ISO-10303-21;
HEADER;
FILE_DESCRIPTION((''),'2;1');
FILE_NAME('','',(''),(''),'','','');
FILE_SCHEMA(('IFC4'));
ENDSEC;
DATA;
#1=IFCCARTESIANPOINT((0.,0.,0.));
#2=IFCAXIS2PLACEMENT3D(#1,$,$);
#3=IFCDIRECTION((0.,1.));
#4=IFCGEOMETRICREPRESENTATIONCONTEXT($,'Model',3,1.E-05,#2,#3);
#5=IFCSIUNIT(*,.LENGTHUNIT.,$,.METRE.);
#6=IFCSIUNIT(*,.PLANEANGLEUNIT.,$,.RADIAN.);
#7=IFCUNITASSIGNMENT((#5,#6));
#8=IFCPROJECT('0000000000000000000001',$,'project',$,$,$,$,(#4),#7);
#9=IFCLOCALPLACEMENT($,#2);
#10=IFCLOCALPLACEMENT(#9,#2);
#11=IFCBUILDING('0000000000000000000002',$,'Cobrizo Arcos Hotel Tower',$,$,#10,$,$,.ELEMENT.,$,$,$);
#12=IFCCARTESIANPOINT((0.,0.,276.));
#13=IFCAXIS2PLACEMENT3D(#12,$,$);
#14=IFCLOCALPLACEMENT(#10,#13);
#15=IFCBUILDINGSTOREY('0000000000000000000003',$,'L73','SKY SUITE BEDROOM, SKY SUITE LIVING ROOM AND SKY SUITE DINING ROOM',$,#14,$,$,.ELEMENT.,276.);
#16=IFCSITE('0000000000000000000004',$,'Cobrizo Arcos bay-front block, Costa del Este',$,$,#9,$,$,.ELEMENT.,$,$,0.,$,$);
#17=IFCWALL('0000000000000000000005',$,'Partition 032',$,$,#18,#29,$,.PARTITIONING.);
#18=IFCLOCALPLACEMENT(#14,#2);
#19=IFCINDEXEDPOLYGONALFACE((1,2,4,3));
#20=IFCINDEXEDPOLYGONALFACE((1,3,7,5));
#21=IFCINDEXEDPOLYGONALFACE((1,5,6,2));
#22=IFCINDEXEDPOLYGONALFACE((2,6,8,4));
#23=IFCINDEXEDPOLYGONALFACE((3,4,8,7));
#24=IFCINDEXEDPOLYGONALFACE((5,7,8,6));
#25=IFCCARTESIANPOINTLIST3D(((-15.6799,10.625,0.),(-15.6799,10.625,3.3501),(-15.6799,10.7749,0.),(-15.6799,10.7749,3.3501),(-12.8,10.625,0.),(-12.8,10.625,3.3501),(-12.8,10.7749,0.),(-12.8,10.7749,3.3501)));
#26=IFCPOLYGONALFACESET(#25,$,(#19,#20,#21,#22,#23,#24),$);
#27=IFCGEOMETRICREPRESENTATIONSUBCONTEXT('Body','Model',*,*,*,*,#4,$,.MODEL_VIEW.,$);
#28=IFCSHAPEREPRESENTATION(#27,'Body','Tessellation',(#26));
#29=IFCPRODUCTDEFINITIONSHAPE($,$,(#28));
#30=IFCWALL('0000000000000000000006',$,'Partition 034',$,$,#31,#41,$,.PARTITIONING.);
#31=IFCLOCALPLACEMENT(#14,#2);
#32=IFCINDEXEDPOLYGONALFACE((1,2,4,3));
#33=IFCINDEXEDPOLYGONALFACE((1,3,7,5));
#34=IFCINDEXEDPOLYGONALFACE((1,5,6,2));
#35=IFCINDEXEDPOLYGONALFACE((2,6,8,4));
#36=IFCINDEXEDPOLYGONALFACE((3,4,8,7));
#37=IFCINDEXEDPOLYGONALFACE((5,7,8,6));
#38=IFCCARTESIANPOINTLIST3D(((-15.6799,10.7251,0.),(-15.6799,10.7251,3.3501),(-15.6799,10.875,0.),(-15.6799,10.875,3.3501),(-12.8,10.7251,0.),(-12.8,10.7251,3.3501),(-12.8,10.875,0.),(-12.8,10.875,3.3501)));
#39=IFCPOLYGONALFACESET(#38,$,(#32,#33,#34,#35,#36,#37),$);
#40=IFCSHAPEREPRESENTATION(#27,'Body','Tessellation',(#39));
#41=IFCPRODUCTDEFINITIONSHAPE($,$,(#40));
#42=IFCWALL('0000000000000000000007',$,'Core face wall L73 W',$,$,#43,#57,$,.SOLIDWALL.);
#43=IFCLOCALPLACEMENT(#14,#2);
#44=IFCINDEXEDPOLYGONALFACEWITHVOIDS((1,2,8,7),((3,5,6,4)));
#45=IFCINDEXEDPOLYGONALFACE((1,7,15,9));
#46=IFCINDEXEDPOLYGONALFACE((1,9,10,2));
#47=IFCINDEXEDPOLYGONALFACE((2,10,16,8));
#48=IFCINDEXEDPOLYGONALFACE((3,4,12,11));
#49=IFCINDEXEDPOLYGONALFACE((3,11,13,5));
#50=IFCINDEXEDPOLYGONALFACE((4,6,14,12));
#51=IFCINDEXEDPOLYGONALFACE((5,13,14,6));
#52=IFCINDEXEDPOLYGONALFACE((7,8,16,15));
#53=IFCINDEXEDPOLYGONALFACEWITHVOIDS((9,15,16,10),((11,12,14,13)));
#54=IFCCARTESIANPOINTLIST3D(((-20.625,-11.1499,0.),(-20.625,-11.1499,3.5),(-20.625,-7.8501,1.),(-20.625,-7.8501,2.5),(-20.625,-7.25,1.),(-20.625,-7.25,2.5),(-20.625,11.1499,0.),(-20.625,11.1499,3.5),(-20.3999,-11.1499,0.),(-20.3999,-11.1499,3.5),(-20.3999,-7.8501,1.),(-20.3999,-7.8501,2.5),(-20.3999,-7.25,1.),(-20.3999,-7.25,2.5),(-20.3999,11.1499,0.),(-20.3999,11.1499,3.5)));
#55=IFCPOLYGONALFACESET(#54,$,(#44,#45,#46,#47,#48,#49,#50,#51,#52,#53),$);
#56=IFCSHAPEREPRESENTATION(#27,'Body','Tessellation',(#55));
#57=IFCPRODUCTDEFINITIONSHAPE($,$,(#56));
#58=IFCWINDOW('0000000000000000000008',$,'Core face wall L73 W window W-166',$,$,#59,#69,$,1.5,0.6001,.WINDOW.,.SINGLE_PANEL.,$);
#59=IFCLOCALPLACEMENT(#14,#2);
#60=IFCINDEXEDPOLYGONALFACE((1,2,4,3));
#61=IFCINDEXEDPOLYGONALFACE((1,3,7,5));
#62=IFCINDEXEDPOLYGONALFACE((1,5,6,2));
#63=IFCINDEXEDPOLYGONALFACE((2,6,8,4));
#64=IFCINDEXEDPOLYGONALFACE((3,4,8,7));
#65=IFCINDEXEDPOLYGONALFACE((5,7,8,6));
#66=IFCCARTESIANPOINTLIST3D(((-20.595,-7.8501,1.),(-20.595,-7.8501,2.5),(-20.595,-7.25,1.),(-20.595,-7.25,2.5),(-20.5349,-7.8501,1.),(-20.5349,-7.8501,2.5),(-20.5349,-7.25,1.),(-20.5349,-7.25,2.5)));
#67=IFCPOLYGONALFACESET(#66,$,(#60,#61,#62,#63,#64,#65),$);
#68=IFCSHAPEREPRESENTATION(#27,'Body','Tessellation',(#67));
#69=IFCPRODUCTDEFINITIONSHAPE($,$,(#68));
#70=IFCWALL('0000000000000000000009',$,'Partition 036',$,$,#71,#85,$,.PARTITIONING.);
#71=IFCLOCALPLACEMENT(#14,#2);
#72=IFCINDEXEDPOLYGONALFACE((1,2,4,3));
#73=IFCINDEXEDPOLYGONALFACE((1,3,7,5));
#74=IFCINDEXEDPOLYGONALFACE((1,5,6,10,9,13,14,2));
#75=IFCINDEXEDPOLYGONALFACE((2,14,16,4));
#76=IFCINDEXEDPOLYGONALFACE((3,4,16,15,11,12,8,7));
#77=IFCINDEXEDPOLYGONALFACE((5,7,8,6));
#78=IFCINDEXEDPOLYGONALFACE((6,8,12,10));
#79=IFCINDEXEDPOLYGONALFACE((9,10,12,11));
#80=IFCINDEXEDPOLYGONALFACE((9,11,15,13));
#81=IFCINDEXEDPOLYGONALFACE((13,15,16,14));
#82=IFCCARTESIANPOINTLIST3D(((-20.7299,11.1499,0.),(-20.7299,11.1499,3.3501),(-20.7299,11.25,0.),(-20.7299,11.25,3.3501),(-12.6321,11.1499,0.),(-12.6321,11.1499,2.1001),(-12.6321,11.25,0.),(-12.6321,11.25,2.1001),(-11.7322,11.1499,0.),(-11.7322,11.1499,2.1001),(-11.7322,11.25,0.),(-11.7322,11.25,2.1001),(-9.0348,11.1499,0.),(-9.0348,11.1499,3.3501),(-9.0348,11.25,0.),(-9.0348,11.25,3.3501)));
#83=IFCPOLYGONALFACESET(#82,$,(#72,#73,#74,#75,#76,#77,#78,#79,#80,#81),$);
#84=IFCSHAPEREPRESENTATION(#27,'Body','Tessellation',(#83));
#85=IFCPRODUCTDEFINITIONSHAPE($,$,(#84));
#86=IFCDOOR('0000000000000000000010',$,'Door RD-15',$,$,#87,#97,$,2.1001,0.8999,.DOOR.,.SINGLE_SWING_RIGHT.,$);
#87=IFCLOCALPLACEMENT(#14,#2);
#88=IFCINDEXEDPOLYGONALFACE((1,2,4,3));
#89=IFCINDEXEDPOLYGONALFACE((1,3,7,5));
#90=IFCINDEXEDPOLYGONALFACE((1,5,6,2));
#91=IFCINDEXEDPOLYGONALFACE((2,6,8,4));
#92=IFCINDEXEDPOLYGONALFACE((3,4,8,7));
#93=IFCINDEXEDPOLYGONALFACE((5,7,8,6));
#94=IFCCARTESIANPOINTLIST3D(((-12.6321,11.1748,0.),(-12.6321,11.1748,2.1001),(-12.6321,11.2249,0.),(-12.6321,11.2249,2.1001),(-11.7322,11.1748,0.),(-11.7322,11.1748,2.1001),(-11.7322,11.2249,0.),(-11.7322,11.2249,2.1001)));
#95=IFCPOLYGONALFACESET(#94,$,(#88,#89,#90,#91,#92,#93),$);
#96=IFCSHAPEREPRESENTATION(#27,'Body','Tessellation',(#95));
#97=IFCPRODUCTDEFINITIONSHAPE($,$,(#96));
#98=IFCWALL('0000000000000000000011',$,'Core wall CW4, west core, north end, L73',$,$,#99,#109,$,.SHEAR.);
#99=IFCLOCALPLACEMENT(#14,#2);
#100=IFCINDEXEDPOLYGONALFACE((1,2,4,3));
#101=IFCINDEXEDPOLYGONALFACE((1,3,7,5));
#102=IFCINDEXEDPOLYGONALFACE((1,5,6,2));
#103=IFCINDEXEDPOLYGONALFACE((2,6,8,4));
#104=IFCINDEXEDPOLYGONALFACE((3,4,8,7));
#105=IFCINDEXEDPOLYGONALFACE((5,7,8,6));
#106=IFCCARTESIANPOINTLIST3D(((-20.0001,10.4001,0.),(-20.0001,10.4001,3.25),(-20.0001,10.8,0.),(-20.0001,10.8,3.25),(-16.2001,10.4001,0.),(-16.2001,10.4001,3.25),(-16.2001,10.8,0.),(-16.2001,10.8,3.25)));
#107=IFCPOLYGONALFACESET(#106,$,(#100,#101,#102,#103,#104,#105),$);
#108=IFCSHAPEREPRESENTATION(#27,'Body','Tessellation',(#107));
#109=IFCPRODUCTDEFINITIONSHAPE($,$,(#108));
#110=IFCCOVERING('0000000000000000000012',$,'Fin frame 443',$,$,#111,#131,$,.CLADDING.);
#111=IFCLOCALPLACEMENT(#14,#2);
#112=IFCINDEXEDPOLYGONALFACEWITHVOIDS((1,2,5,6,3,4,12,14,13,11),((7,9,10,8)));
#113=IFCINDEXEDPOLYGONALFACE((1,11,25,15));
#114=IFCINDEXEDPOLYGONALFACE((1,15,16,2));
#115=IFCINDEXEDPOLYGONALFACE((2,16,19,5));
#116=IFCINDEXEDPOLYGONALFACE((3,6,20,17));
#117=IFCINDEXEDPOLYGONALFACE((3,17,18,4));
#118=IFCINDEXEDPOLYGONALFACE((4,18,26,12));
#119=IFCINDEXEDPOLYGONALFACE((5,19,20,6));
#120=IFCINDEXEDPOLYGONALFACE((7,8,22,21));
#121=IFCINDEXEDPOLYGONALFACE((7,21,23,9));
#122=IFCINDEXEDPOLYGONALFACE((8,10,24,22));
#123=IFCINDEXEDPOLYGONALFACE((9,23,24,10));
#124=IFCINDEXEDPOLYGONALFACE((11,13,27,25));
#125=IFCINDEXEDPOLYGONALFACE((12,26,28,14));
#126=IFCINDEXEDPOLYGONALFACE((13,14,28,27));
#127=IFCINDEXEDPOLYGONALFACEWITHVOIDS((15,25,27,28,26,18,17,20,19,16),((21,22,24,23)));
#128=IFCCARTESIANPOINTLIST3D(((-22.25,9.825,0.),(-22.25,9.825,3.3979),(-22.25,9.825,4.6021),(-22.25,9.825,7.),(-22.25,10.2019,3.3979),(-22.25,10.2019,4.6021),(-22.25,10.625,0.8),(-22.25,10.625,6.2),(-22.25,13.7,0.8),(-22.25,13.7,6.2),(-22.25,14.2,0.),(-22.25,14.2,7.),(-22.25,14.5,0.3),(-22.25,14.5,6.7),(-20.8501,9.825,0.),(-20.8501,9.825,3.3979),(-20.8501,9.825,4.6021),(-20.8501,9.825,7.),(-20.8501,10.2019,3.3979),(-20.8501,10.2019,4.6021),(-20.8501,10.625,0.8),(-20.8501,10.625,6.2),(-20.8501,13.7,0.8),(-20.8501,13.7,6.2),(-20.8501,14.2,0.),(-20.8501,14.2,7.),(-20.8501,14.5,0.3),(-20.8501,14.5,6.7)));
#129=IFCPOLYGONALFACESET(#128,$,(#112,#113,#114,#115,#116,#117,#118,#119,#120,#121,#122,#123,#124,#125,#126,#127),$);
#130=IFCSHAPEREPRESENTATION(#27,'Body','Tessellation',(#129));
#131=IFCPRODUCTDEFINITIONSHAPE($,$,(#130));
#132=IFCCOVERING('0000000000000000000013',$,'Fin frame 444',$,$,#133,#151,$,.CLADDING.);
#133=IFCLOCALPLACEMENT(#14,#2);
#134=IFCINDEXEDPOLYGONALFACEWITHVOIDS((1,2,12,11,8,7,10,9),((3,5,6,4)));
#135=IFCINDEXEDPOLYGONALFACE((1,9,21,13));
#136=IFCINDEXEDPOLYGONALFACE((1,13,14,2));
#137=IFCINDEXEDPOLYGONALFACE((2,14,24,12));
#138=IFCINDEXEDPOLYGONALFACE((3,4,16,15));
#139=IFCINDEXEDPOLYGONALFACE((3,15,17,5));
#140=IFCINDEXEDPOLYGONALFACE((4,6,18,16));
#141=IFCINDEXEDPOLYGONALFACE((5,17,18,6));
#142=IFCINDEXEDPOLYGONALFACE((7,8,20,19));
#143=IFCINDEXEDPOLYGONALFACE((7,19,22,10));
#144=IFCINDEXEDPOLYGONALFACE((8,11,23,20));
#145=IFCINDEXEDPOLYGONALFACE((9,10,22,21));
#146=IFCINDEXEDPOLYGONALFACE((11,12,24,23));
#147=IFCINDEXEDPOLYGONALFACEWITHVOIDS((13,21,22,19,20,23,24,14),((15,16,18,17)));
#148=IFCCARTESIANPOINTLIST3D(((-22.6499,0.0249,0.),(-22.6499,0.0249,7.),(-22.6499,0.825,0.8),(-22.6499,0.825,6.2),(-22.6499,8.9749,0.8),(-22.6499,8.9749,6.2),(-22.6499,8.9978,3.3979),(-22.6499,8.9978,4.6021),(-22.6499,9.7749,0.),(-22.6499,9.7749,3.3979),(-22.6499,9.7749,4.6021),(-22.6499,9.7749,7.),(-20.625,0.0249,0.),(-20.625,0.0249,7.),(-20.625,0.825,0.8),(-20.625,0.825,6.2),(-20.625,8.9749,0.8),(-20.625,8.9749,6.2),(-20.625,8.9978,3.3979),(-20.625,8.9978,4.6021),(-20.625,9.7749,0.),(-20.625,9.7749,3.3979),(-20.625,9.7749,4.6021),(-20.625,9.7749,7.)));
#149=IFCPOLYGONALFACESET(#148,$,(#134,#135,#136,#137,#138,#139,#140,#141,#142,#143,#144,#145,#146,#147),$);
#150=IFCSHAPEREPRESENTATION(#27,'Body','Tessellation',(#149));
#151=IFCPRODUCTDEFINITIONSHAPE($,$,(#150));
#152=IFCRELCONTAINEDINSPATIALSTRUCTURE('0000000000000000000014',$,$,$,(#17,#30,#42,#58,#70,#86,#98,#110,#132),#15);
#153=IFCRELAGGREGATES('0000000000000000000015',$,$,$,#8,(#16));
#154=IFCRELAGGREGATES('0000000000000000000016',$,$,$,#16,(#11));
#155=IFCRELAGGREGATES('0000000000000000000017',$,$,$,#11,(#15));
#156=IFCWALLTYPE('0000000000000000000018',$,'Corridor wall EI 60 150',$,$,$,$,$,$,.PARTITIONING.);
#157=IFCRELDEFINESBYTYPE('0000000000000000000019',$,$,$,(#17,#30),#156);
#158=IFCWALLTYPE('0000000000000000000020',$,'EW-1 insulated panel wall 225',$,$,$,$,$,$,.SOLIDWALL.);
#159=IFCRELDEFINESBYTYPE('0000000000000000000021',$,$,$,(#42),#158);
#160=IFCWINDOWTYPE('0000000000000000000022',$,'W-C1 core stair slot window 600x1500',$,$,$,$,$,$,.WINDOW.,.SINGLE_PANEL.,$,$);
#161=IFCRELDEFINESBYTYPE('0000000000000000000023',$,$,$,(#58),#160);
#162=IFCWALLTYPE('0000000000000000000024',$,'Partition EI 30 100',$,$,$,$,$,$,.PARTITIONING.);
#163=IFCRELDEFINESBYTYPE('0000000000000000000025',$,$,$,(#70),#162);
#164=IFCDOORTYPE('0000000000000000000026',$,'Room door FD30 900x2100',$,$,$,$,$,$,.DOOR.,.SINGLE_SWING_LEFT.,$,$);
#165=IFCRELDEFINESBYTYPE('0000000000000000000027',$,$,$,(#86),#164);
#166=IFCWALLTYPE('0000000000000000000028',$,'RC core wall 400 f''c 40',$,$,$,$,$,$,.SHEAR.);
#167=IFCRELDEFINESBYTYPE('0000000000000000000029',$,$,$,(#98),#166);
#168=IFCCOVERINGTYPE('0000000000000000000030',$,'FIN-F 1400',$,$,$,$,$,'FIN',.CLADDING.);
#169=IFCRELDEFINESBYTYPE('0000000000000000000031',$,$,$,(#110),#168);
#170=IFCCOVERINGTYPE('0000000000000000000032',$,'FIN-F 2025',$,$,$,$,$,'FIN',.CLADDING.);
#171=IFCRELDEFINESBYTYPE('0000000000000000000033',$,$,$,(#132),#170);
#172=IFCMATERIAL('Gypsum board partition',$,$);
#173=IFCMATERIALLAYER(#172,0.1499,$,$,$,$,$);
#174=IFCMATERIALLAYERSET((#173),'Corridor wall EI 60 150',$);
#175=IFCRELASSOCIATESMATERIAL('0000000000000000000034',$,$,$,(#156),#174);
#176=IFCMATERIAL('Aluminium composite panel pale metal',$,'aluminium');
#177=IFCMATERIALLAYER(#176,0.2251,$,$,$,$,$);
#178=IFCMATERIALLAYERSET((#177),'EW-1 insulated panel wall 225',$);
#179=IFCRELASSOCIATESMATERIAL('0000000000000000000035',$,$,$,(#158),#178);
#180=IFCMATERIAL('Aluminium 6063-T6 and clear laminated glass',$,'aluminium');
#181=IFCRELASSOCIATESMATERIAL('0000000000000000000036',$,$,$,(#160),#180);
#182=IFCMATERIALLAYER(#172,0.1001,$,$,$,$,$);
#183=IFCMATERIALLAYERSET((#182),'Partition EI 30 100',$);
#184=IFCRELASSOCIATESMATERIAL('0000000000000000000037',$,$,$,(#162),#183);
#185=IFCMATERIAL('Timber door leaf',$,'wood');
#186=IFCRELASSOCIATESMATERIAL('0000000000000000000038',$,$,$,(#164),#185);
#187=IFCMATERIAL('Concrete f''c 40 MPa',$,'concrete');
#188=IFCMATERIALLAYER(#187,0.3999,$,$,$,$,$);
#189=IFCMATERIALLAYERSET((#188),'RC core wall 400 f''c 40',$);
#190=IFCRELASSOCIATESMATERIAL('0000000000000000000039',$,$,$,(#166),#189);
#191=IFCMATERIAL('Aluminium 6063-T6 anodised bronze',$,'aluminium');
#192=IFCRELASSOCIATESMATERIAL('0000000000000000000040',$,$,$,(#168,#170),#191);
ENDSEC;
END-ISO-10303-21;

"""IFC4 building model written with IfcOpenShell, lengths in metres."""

from ifc_helpers import new_model, si_unit, direction, frame, frame_2d, origin, place, context, subcontext, project, spatial, polyline, rectangle, outline, extrude, material, layer, layer_set, type_object, element, fill, save


model = new_model("IFC4")

# Units and contexts
model_context = context("Model", 3, precision=1e-05, world=origin(), true_north=direction((0.0, 1.0)))
body_context = subcontext(model_context, "Body", "Model", "MODEL_VIEW")
ifc_project = project(units=[si_unit("LENGTHUNIT", "METRE"), si_unit("PLANEANGLEUNIT", "RADIAN")], contexts=[model_context])

# Site, building, storey
site_placement = place(None, origin())
site = spatial("IfcSite", under=ifc_project, at=site_placement, Name="Cobrizo Arcos bay-front block, Costa del Este", CompositionType="ELEMENT", RefElevation=0.0)
building_placement = place(site_placement, origin())
building = spatial("IfcBuilding", under=site, at=building_placement, Name="Cobrizo Arcos Hotel Tower", CompositionType="ELEMENT")
storey_placement = place(building_placement, frame((0.0, 0.0, 276.0)))
storey = spatial("IfcBuildingStorey", under=building, at=storey_placement, Name="L73", Description="SKY SUITE BEDROOM, SKY SUITE LIVING ROOM AND SKY SUITE DINING ROOM", CompositionType="ELEMENT", Elevation=276.0)

# Shared definitions
ifc_material_1 = material(Name="Aluminium 6063-T6 anodised bronze", Category="aluminium")

# Shared definitions
ifc_material_2 = material(Name="Aluminium composite panel pale metal", Category="aluminium")

# Walls
ifc_material_3 = material(Name="Gypsum board partition")
ifc_layer_1 = layer(ifc_material_3, 0.1499)
ifc_layer_set_1 = layer_set([ifc_layer_1], Name="Corridor wall EI 60 150")
wall_type_1 = type_object("IfcWallType", Name="Corridor wall EI 60 150", PredefinedType="PARTITIONING", material=ifc_layer_set_1)
for number, where, z_axis, x_axis, name in (
    (1, (-15.6799, 10.7, 0.0), (0.0, 0.0, 1.0), (1.0, 0.0, 0.0), "Partition 032"),
    (2, (-15.6799, 10.8, 0.0), (0.0, 0.0, 1.0), (1.0, 0.0, 0.0), "Partition 034"),
):
    element("IfcWall", number, at=place(storey_placement, frame(where, z_axis=z_axis, x_axis=x_axis)), inside=storey, type_object=wall_type_1, Name=name, PredefinedType="PARTITIONING", context=body_context, shape_type="SweptSolid", body=[
        extrude(rectangle(XDim=2.8799, YDim=0.1499, at=frame_2d((1.4399, 0.0))), origin(), (0.0, 0.0, 1.0), 3.3501),
    ])

# Wall, opening, window
ifc_layer_2 = layer(ifc_material_2, 0.2251)
ifc_layer_set_2 = layer_set([ifc_layer_2], Name="EW-1 insulated panel wall 225")
wall_type_2 = type_object("IfcWallType", Name="EW-1 insulated panel wall 225", PredefinedType="SOLIDWALL", material=ifc_layer_set_2)
wall_1_placement = place(storey_placement, frame((-20.5125, 11.1499, 0.0), z_axis=(0.0, 0.0, 1.0), x_axis=(0.0, -1.0, 0.0)))
wall_1 = element("IfcWall", 3, at=wall_1_placement, inside=storey, type_object=wall_type_2, Name="Core face wall L73 W", PredefinedType="SOLIDWALL", context=body_context, shape_type="SweptSolid", body=[
    extrude(rectangle(XDim=22.2998, YDim=0.2251, at=frame_2d((11.1499, 0.0))), origin(), (0.0, 0.0, 1.0), 3.5),
])
opening_1_placement = place(wall_1_placement, frame((18.3999, 0.0, 1.0)))
opening_1 = element("IfcOpeningElement", 4, at=opening_1_placement, cuts=wall_1, PredefinedType="OPENING", context=body_context, shape_type="SweptSolid", body=[
    extrude(rectangle(XDim=0.6001, YDim=1.5, at=frame_2d((0.3, 0.75))), frame((0.0, 0.1245, 0.0), z_axis=(0.0, -1.0, 0.0), x_axis=(1.0, 0.0, 0.0)), (0.0, 0.0, 1.0), 0.249),
])
ifc_material_4 = material(Name="Aluminium 6063-T6 and clear laminated glass", Category="aluminium")
window_type = type_object("IfcWindowType", Name="W-C1 core stair slot window 600x1500", PartitioningType="SINGLE_PANEL", PredefinedType="WINDOW", material=ifc_material_4)
window_placement = place(opening_1_placement, origin())
window = element("IfcWindow", 5, at=window_placement, inside=storey, type_object=window_type, Name="Core face wall L73 W window W-166", OverallHeight=1.5, OverallWidth=0.6001, PartitioningType="SINGLE_PANEL", PredefinedType="WINDOW", context=body_context, shape_type="SweptSolid", body=[
    extrude(rectangle(XDim=0.6001, YDim=1.5, at=frame_2d((0.3, 0.75))), frame((0.0, -0.0225, 0.0), z_axis=(0.0, -1.0, 0.0), x_axis=(1.0, 0.0, 0.0)), (0.0, 0.0, 1.0), 0.0601),
])
fill(opening_1, window)

# Wall, opening, door
ifc_layer_3 = layer(ifc_material_3, 0.1001)
ifc_layer_set_3 = layer_set([ifc_layer_3], Name="Partition EI 30 100")
wall_type_3 = type_object("IfcWallType", Name="Partition EI 30 100", PredefinedType="PARTITIONING", material=ifc_layer_set_3)
wall_2_placement = place(storey_placement, frame((-20.73, 11.2, 0.0), z_axis=(0.0, 0.0, 1.0), x_axis=(1.0, 0.0, 0.0)))
wall_2 = element("IfcWall", 6, at=wall_2_placement, inside=storey, type_object=wall_type_3, Name="Partition 036", PredefinedType="PARTITIONING", context=body_context, shape_type="SweptSolid", body=[
    extrude(rectangle(XDim=11.6951, YDim=0.1001, at=frame_2d((5.8477, 0.0))), origin(), (0.0, 0.0, 1.0), 3.3501),
])
opening_2_placement = place(wall_2_placement, frame((8.0979, 0.0, 0.0)))
opening_2 = element("IfcOpeningElement", 7, at=opening_2_placement, cuts=wall_2, PredefinedType="OPENING", context=body_context, shape_type="SweptSolid", body=[
    extrude(rectangle(XDim=0.8999, YDim=2.1001, at=frame_2d((0.45, 1.05))), frame((0.0, 0.062, 0.0), z_axis=(0.0, -1.0, 0.0), x_axis=(1.0, 0.0, 0.0)), (0.0, 0.0, 1.0), 0.124),
])
ifc_material_5 = material(Name="Timber door leaf", Category="wood")
door_type = type_object("IfcDoorType", Name="Room door FD30 900x2100", OperationType="SINGLE_SWING_LEFT", PredefinedType="DOOR", material=ifc_material_5)
door_placement = place(opening_2_placement, origin())
door = element("IfcDoor", 8, at=door_placement, inside=storey, type_object=door_type, Name="Door RD-15", OperationType="SINGLE_SWING_RIGHT", OverallHeight=2.1001, OverallWidth=0.8999, PredefinedType="DOOR", context=body_context, shape_type="SweptSolid", body=[
    extrude(rectangle(XDim=0.8999, YDim=2.1001, at=frame_2d((0.45, 1.05))), frame((0.0, 0.0249, 0.0), z_axis=(0.0, -1.0, 0.0), x_axis=(1.0, 0.0, 0.0)), (0.0, 0.0, 1.0), 0.05),
])
fill(opening_2, door)

# Wall
ifc_material_6 = material(Name="Concrete f'c 40 MPa", Category="concrete")
ifc_layer_4 = layer(ifc_material_6, 0.3999)
ifc_layer_set_4 = layer_set([ifc_layer_4], Name="RC core wall 400 f'c 40")
wall_type_4 = type_object("IfcWallType", Name="RC core wall 400 f'c 40", PredefinedType="SHEAR", material=ifc_layer_set_4)
wall_3_placement = place(storey_placement, frame((-20.0, 10.6001, 0.0), z_axis=(0.0, 0.0, 1.0), x_axis=(1.0, 0.0, 0.0)))
element("IfcWall", 9, at=wall_3_placement, inside=storey, type_object=wall_type_4, Name="Core wall CW4, west core, north end, L73", PredefinedType="SHEAR", context=body_context, shape_type="SweptSolid", body=[
    extrude(rectangle(XDim=3.8, YDim=0.3999, at=frame_2d((1.8999, 0.0))), origin(), (0.0, 0.0, 1.0), 3.25),
])

# Coverings
covering_type_1 = type_object("IfcCoveringType", Name="FIN-F 1400", ElementType="FIN", PredefinedType="CLADDING", material=ifc_material_1)
covering_1_placement = place(storey_placement, frame((-20.8501, 14.5, 0.0), z_axis=(-1.0, 0.0, 0.0), x_axis=(0.0, -1.0, 0.0)))
element("IfcCovering", 10, at=covering_1_placement, inside=storey, type_object=covering_type_1, Name="Fin frame 443", PredefinedType="CLADDING", context=body_context, shape_type="SweptSolid", body=[
    extrude(outline(polyline([(4.675, 0.0), (4.675, 3.3979), (4.2981, 3.3979), (4.2981, 4.6021), (4.675, 4.6021), (4.675, 7.0), (0.3, 7.0), (0.0, 6.7), (0.0, 0.3), (0.3, 0.0), (4.675, 0.0)]), holes=[polyline([(3.875, 0.8), (0.8, 0.8), (0.8, 6.2), (3.875, 6.2), (3.875, 0.8)])]), origin(), (0.0, 0.0, 1.0), 1.3999),
])
covering_type_2 = type_object("IfcCoveringType", Name="FIN-F 2025", ElementType="FIN", PredefinedType="CLADDING", material=ifc_material_1)
covering_2_placement = place(storey_placement, frame((-20.625, 9.7749, 0.0), z_axis=(-1.0, 0.0, 0.0), x_axis=(0.0, -1.0, 0.0)))
element("IfcCovering", 11, at=covering_2_placement, inside=storey, type_object=covering_type_2, Name="Fin frame 444", PredefinedType="CLADDING", context=body_context, shape_type="SweptSolid", body=[
    extrude(outline(polyline([(0.0, 7.0), (0.0, 4.6021), (0.7771, 4.6021), (0.7771, 3.3979), (0.0, 3.3979), (0.0, 0.0), (9.75, 0.0), (9.75, 7.0), (0.0, 7.0)]), holes=[polyline([(8.95, 0.8), (0.8, 0.8), (0.8, 6.2), (8.95, 6.2), (8.95, 0.8)])]), origin(), (0.0, 0.0, 1.0), 2.0249),
])

save(model, "model.ifc")
